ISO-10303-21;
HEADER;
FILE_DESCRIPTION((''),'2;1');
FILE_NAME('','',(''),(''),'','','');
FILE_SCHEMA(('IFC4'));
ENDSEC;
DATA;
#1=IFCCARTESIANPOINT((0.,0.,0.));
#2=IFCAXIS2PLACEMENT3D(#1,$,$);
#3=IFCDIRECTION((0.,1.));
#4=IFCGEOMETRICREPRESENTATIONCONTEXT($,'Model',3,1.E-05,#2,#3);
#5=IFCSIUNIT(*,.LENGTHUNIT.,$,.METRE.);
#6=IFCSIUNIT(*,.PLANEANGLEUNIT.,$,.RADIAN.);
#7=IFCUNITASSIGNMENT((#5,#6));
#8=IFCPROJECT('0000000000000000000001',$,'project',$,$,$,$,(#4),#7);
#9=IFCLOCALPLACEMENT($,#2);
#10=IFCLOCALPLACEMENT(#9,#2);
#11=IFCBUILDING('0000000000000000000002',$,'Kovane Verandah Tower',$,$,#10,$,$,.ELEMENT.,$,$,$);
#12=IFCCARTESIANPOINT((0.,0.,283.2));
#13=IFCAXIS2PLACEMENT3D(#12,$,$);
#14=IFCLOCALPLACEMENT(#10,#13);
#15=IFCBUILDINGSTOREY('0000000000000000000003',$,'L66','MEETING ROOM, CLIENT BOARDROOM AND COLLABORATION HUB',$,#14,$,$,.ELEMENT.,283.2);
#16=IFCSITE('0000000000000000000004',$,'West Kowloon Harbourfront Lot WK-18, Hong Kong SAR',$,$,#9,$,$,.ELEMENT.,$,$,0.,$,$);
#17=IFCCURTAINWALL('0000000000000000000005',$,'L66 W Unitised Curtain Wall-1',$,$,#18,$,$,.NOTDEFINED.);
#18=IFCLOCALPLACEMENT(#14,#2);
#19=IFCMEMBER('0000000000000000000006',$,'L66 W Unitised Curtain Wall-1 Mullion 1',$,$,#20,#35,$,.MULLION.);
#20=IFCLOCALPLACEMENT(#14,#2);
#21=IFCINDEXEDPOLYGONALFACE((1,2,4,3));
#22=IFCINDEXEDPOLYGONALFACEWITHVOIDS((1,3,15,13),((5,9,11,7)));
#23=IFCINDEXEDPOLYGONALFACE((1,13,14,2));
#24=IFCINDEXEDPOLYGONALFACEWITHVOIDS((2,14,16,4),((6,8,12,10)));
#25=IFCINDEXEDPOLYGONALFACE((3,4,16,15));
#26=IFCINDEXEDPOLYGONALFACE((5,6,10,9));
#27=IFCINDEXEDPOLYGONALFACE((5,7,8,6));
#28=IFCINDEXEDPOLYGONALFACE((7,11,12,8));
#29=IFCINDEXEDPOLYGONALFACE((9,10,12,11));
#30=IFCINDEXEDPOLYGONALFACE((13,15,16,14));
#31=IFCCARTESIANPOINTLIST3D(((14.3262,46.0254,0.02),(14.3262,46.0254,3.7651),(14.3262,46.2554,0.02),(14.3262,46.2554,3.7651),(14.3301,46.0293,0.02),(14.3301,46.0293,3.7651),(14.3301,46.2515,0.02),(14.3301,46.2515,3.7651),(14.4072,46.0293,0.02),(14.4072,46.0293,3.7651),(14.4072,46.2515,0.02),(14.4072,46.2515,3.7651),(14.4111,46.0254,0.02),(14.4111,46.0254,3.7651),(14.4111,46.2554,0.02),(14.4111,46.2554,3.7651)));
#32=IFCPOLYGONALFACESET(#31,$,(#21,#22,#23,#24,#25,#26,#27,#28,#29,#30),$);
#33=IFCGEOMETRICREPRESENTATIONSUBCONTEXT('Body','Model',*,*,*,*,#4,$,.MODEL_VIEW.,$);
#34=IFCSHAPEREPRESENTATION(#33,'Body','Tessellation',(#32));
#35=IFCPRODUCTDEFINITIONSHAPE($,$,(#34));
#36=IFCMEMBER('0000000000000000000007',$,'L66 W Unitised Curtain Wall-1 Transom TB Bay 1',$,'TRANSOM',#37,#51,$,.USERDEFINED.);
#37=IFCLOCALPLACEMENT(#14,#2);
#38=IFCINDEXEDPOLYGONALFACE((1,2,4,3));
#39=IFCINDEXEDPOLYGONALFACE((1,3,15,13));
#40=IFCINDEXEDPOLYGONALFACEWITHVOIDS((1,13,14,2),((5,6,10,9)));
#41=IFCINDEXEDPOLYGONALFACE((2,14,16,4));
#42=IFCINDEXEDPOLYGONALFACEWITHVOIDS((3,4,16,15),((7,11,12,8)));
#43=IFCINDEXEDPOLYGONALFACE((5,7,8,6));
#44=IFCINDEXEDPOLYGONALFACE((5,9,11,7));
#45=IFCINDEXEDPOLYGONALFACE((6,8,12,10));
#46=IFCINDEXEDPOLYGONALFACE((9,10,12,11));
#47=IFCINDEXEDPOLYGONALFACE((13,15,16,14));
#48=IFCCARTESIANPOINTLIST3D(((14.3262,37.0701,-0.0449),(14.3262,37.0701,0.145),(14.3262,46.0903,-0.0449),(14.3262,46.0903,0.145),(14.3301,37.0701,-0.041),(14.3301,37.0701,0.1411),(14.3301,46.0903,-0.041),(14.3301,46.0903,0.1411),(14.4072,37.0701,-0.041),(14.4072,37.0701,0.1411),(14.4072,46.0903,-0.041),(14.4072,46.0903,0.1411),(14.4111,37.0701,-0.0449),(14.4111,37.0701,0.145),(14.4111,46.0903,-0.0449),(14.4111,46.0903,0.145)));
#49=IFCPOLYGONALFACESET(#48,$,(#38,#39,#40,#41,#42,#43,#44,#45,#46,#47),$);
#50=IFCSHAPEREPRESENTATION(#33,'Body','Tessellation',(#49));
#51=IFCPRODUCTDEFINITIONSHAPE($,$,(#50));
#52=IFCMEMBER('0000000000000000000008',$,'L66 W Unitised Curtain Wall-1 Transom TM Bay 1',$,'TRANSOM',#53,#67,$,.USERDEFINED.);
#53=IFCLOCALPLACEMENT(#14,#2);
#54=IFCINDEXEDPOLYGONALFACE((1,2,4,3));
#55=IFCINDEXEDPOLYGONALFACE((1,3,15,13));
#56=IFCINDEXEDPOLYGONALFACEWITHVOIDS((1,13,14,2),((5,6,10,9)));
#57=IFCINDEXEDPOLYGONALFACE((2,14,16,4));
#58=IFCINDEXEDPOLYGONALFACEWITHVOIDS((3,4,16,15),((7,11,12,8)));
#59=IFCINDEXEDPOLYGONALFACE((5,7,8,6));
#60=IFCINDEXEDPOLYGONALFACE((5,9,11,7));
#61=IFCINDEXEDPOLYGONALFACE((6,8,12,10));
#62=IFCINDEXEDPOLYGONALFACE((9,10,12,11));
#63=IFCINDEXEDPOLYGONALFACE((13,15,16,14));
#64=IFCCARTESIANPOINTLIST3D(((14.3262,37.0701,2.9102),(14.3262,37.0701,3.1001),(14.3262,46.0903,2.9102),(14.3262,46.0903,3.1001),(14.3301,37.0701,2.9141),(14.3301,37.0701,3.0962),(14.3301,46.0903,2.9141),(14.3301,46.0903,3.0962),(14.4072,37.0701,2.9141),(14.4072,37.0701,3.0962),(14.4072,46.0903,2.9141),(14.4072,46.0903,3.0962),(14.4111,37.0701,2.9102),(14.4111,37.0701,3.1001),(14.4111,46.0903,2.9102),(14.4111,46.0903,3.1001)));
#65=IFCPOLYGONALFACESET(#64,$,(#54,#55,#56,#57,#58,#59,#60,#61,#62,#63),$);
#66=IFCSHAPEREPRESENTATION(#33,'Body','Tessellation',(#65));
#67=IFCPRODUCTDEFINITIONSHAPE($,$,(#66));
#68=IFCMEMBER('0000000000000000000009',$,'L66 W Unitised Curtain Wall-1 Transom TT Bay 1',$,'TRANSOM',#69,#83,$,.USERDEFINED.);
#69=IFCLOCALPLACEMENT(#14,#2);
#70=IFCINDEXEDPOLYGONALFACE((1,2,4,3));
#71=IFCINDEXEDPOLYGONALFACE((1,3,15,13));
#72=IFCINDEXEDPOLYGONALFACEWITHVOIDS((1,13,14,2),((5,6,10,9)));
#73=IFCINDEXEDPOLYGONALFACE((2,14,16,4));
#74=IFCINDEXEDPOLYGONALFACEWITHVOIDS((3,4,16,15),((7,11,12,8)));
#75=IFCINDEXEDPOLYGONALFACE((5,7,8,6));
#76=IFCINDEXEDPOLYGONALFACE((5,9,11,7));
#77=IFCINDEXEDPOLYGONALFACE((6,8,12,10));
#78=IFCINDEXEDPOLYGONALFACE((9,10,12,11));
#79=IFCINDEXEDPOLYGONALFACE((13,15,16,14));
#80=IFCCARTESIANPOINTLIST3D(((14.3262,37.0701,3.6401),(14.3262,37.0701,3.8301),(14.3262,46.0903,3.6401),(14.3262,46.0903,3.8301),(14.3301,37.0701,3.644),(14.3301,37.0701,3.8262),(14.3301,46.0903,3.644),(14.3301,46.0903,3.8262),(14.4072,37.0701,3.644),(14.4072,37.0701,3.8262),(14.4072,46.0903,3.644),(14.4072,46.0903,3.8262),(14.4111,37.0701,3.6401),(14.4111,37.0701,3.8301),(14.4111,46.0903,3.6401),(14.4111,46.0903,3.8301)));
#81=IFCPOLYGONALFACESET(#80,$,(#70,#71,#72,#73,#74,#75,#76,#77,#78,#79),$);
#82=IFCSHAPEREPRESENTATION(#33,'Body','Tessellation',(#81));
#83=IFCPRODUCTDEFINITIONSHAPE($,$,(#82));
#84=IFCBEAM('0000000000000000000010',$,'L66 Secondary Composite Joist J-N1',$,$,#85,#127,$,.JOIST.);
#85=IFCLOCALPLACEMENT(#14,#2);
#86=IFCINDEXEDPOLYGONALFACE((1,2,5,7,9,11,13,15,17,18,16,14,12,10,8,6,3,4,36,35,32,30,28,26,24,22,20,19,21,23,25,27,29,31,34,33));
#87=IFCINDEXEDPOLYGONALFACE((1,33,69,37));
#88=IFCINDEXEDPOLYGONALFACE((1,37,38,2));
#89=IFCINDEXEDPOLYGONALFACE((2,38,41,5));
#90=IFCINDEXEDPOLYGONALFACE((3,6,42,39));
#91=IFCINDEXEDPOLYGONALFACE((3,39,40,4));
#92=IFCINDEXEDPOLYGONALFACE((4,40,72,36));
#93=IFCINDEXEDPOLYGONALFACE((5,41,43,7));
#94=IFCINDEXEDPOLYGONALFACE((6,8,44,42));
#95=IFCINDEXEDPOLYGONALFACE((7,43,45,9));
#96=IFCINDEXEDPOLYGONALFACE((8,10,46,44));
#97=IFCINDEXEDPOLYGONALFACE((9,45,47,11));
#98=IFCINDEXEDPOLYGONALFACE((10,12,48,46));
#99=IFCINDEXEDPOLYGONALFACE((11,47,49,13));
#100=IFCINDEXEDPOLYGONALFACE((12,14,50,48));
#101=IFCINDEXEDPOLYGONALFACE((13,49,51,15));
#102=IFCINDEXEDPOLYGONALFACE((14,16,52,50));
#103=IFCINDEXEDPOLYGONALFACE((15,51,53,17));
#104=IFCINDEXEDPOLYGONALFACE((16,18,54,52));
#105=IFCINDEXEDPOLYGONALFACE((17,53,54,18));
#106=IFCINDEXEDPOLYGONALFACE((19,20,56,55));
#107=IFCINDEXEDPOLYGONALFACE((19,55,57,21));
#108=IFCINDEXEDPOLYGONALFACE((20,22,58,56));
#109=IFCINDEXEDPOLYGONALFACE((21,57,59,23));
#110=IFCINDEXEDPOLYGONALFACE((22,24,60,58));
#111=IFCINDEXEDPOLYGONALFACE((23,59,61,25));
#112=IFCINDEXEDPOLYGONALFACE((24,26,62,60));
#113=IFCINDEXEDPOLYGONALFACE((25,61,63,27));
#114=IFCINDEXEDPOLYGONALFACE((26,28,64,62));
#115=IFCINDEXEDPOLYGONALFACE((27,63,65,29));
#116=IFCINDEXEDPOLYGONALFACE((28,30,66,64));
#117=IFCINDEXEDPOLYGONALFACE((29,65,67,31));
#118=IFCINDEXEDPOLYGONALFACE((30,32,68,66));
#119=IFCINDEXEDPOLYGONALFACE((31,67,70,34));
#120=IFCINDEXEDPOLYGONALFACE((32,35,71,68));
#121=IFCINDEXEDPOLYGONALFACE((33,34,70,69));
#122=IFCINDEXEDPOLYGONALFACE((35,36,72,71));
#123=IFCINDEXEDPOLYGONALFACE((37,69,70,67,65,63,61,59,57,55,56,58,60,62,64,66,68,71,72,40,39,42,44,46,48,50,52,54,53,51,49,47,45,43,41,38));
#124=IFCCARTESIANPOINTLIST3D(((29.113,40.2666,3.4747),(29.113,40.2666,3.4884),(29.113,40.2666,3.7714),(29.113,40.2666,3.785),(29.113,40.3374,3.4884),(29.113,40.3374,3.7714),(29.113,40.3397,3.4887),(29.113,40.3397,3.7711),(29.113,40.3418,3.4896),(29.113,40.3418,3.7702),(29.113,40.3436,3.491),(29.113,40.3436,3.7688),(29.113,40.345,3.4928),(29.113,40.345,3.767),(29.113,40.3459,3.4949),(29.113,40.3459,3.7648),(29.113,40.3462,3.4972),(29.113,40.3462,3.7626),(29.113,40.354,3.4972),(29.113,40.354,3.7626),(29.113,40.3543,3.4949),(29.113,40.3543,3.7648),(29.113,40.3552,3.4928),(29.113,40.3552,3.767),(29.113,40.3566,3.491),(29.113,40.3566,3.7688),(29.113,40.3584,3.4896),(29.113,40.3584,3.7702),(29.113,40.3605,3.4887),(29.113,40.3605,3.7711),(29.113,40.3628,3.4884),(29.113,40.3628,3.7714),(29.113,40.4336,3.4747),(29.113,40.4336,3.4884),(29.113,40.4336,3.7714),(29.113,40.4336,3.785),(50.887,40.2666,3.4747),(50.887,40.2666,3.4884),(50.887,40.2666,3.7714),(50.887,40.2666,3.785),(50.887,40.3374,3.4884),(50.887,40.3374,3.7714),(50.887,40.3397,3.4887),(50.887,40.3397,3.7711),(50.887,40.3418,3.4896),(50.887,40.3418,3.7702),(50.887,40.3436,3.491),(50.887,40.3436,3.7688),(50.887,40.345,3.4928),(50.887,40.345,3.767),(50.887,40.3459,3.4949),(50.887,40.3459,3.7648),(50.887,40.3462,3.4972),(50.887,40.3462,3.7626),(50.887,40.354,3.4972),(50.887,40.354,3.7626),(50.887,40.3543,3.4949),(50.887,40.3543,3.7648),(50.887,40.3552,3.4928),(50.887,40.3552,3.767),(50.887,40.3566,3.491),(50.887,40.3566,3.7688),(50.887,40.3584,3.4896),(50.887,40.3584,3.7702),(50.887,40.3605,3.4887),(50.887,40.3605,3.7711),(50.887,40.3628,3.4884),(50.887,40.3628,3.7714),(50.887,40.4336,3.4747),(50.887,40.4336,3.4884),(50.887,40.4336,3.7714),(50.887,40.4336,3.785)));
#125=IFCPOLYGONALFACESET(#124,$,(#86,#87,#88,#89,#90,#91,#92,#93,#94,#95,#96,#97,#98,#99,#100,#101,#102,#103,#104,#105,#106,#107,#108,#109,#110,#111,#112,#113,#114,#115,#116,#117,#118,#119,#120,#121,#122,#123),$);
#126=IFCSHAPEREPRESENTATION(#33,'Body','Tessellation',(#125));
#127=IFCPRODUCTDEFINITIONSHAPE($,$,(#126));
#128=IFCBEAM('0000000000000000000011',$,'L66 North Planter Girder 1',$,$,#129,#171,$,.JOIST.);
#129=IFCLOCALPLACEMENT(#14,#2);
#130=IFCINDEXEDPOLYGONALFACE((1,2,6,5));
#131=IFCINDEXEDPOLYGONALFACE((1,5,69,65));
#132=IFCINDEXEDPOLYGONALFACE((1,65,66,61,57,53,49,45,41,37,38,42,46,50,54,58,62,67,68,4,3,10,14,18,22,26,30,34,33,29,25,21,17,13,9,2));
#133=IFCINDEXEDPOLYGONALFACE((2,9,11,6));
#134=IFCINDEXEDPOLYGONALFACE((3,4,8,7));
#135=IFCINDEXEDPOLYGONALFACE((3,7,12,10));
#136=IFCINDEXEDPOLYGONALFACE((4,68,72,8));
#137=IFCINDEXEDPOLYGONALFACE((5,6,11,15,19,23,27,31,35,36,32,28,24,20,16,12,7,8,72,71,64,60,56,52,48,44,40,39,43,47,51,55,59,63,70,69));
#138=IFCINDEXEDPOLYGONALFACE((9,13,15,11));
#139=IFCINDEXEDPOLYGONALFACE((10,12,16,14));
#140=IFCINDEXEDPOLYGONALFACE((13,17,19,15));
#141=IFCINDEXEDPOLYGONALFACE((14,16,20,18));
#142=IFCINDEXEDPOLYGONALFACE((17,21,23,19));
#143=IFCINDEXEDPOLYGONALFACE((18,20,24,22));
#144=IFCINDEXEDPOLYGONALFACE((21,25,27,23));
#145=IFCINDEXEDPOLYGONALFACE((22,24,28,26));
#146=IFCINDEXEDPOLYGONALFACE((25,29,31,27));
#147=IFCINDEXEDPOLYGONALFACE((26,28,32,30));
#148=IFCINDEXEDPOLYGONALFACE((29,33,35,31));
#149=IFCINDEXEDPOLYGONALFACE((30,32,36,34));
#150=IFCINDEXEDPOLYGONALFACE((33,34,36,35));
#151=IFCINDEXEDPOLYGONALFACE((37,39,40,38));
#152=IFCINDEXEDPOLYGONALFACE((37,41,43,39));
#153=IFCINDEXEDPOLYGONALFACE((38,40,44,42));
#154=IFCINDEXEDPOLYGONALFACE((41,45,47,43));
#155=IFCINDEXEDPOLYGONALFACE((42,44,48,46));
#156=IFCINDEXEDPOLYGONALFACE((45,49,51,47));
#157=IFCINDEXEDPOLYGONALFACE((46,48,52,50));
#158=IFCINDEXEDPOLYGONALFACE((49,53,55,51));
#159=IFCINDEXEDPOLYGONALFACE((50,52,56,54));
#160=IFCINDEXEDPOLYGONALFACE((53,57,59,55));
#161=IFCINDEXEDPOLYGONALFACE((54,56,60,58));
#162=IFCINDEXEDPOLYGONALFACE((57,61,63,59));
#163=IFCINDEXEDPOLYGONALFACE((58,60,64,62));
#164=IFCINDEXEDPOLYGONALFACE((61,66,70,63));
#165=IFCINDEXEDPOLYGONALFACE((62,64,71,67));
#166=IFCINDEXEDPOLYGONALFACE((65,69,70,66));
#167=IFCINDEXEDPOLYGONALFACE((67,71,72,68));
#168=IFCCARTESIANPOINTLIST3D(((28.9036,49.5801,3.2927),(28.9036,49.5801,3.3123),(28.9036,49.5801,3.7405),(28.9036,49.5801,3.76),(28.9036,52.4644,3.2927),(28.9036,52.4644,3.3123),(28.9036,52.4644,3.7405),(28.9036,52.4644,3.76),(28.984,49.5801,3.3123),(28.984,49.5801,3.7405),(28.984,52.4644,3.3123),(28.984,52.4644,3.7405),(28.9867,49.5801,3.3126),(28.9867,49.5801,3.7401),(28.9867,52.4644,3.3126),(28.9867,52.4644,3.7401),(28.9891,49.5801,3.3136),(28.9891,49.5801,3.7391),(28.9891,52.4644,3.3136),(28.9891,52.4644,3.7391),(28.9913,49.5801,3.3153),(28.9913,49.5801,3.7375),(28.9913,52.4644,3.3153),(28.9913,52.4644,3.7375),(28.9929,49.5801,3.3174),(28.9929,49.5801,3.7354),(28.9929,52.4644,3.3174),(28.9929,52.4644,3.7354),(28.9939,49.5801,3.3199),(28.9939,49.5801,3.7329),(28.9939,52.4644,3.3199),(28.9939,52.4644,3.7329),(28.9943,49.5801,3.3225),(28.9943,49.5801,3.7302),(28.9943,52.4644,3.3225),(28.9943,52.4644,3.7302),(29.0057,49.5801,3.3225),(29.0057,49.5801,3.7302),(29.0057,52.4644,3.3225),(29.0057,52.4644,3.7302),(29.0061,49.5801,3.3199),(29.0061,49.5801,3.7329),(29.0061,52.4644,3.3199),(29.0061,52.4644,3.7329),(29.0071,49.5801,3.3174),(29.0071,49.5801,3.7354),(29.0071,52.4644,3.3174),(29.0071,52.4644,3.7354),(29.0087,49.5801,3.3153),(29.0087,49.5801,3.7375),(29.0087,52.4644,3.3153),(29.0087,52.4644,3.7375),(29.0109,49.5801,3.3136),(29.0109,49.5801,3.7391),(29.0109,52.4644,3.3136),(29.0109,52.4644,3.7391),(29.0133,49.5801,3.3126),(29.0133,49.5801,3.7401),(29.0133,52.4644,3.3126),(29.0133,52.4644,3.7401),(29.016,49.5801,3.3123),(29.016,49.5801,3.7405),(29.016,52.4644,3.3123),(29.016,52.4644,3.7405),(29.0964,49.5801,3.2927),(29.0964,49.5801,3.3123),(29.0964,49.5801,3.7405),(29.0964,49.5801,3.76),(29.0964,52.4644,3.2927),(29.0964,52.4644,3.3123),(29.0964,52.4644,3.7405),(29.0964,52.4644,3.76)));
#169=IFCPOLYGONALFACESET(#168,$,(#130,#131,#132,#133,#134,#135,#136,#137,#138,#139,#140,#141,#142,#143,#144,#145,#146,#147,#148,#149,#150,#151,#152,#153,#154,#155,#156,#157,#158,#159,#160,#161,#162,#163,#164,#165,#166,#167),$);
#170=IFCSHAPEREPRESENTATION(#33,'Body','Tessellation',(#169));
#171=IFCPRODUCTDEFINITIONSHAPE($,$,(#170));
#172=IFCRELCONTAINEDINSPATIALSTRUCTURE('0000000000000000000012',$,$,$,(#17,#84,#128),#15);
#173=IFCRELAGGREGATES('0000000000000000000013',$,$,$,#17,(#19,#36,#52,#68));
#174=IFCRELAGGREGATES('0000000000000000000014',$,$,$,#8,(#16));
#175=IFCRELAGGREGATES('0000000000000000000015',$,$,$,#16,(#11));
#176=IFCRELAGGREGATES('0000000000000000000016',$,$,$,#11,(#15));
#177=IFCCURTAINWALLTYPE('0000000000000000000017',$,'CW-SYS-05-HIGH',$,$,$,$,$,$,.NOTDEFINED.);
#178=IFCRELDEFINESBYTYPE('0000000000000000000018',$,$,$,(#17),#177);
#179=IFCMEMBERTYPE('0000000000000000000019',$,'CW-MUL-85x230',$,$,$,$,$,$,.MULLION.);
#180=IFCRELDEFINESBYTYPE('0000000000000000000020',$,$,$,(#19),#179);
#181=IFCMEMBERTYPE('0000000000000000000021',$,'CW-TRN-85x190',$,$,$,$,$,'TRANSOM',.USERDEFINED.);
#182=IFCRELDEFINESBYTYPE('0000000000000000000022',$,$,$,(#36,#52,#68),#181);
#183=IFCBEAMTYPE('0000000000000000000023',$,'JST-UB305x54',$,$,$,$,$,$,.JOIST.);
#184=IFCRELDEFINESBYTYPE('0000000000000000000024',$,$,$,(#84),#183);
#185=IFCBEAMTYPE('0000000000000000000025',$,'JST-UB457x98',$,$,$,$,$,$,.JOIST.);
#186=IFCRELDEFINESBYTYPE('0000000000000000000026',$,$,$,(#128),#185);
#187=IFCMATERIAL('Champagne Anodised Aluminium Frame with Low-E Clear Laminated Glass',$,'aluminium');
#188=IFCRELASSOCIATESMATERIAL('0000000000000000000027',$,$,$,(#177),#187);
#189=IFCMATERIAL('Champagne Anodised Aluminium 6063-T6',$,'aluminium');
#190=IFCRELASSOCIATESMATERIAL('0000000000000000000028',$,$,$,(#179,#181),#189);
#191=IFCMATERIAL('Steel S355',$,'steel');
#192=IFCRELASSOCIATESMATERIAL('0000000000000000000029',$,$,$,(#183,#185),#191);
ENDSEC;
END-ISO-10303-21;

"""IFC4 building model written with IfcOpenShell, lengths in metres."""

from ifc_helpers import new_model, si_unit, direction, frame, origin, origin_2d, place, context, subcontext, project, spatial, hollow_rectangle, i_section, extrude, material, material_profile, profile_set, type_object, element, aggregate, save


model = new_model("IFC4")

# Units and contexts
model_context = context("Model", 3, precision=1e-05, world=origin(), true_north=direction((0.0, 1.0)))
body_context = subcontext(model_context, "Body", "Model", "MODEL_VIEW")
ifc_project = project(units=[si_unit("LENGTHUNIT", "METRE"), si_unit("PLANEANGLEUNIT", "RADIAN")], contexts=[model_context])

# Site, building, storey
site_placement = place(None, origin())
site = spatial("IfcSite", under=ifc_project, at=site_placement, Name="West Kowloon Harbourfront Lot WK-18, Hong Kong SAR", CompositionType="ELEMENT", RefElevation=0.0)
building_placement = place(site_placement, origin())
building = spatial("IfcBuilding", under=site, at=building_placement, Name="Kovane Verandah Tower", CompositionType="ELEMENT")
storey_placement = place(building_placement, frame((0.0, 0.0, 283.2)))
storey = spatial("IfcBuildingStorey", under=building, at=storey_placement, Name="L66", Description="MEETING ROOM, CLIENT BOARDROOM AND COLLABORATION HUB", CompositionType="ELEMENT", Elevation=283.2)

# Shared definitions
ifc_material_1 = material(Name="Steel S355", Category="steel")

# Curtain wall, members
ifc_material_2 = material(Name="Champagne Anodised Aluminium Frame with Low-E Clear Laminated Glass", Category="aluminium")
curtain_wall_type = type_object("IfcCurtainWallType", Name="CW-SYS-05-HIGH", PredefinedType="NOTDEFINED", material=ifc_material_2)
curtain_wall_placement = place(storey_placement, origin())
curtain_wall = element("IfcCurtainWall", 1, at=curtain_wall_placement, inside=storey, type_object=curtain_wall_type, Name="L66 W Unitised Curtain Wall-1", PredefinedType="NOTDEFINED")
ifc_material_3 = material(Name="Champagne Anodised Aluminium 6063-T6", Category="aluminium")
ifc_material_profile_1 = material_profile(ifc_material_3, hollow_rectangle(XDim=0.085, YDim=0.23, WallThickness=0.0039, at=origin_2d()), Name="AL85x230x4")
ifc_profile_set_1 = profile_set([ifc_material_profile_1], Name="Champagne Anodised Aluminium 6063-T6")
member_type_1 = type_object("IfcMemberType", Name="CW-MUL-85x230", PredefinedType="MULLION", material=ifc_profile_set_1)
member_1_placement = place(storey_placement, frame((14.3687, 46.1404, 0.02), z_axis=(0.0, 0.0, 1.0), x_axis=(-1.0, 0.0, 0.0)))
member_1 = element("IfcMember", 2, at=member_1_placement, type_object=member_type_1, Name="L66 W Unitised Curtain Wall-1 Mullion 1", PredefinedType="MULLION", context=body_context, shape_type="SweptSolid", body=[
    extrude(hollow_rectangle(XDim=0.085, YDim=0.23, WallThickness=0.0039, at=origin_2d()), origin(), (0.0, 0.0, 1.0), 3.7451),
])
ifc_material_profile_2 = material_profile(ifc_material_3, hollow_rectangle(XDim=0.085, YDim=0.1899, WallThickness=0.0039, at=origin_2d()), Name="AL85x190x4")
ifc_profile_set_2 = profile_set([ifc_material_profile_2], Name="Champagne Anodised Aluminium 6063-T6")
member_type_2 = type_object("IfcMemberType", Name="CW-TRN-85x190", ElementType="TRANSOM", PredefinedType="USERDEFINED", material=ifc_profile_set_2)
member_2_placement = place(storey_placement, frame((14.3687, 46.0903, 0.05), z_axis=(0.0, -1.0, 0.0), x_axis=(1.0, 0.0, 0.0)))
member_2 = element("IfcMember", 3, at=member_2_placement, type_object=member_type_2, Name="L66 W Unitised Curtain Wall-1 Transom TB Bay 1", ObjectType="TRANSOM", PredefinedType="USERDEFINED", context=body_context, shape_type="SweptSolid", body=[
    extrude(hollow_rectangle(XDim=0.085, YDim=0.1899, WallThickness=0.0039, at=origin_2d()), origin(), (0.0, 0.0, 1.0), 9.0203),
])
member_3_placement = place(storey_placement, frame((14.3687, 46.0903, 3.0051), z_axis=(0.0, -1.0, 0.0), x_axis=(1.0, 0.0, 0.0)))
member_3 = element("IfcMember", 4, at=member_3_placement, type_object=member_type_2, Name="L66 W Unitised Curtain Wall-1 Transom TM Bay 1", ObjectType="TRANSOM", PredefinedType="USERDEFINED", context=body_context, shape_type="SweptSolid", body=[
    extrude(hollow_rectangle(XDim=0.085, YDim=0.1899, WallThickness=0.0039, at=origin_2d()), origin(), (0.0, 0.0, 1.0), 9.0203),
])
member_4_placement = place(storey_placement, frame((14.3687, 46.0903, 3.7351), z_axis=(0.0, -1.0, 0.0), x_axis=(1.0, 0.0, 0.0)))
member_4 = element("IfcMember", 5, at=member_4_placement, type_object=member_type_2, Name="L66 W Unitised Curtain Wall-1 Transom TT Bay 1", ObjectType="TRANSOM", PredefinedType="USERDEFINED", context=body_context, shape_type="SweptSolid", body=[
    extrude(hollow_rectangle(XDim=0.085, YDim=0.1899, WallThickness=0.0039, at=origin_2d()), origin(), (0.0, 0.0, 1.0), 9.0203),
])

# Beams
ifc_material_profile_3 = material_profile(ifc_material_1, i_section(OverallWidth=0.167, OverallDepth=0.3103, WebThickness=0.0078, FlangeThickness=0.0137, FilletRadius=0.0088, at=origin_2d()), Name="UB305x165x54")
ifc_profile_set_3 = profile_set([ifc_material_profile_3], Name="Steel S355")
beam_type_1 = type_object("IfcBeamType", Name="JST-UB305x54", PredefinedType="JOIST", material=ifc_profile_set_3)
beam_1_placement = place(storey_placement, frame((29.113, 40.3501, 3.6299), z_axis=(1.0, 0.0, 0.0), x_axis=(0.0, 1.0, 0.0)))
element("IfcBeam", 6, at=beam_1_placement, inside=storey, type_object=beam_type_1, Name="L66 Secondary Composite Joist J-N1", PredefinedType="JOIST", context=body_context, shape_type="SweptSolid", body=[
    extrude(i_section(OverallWidth=0.167, OverallDepth=0.3103, WebThickness=0.0078, FlangeThickness=0.0137, FilletRadius=0.0088, at=origin_2d()), origin(), (0.0, 0.0, 1.0), 21.7739),
])
ifc_material_profile_4 = material_profile(ifc_material_1, i_section(OverallWidth=0.1929, OverallDepth=0.4673, WebThickness=0.0115, FlangeThickness=0.0195, FilletRadius=0.0103, at=origin_2d()), Name="UB457x191x98")
ifc_profile_set_4 = profile_set([ifc_material_profile_4], Name="Steel S355")
beam_type_2 = type_object("IfcBeamType", Name="JST-UB457x98", PredefinedType="JOIST", material=ifc_profile_set_4)
beam_2_placement = place(storey_placement, frame((29.0, 49.5801, 3.5264), z_axis=(0.0, 1.0, 0.0), x_axis=(-1.0, 0.0, 0.0)))
element("IfcBeam", 7, at=beam_2_placement, inside=storey, type_object=beam_type_2, Name="L66 North Planter Girder 1", PredefinedType="JOIST", context=body_context, shape_type="SweptSolid", body=[
    extrude(i_section(OverallWidth=0.1929, OverallDepth=0.4673, WebThickness=0.0115, FlangeThickness=0.0195, FilletRadius=0.0103, at=origin_2d()), origin(), (0.0, 0.0, 1.0), 2.8843),
])

aggregate(curtain_wall, [member_1, member_2, member_3, member_4])

save(model, "model.ifc")
